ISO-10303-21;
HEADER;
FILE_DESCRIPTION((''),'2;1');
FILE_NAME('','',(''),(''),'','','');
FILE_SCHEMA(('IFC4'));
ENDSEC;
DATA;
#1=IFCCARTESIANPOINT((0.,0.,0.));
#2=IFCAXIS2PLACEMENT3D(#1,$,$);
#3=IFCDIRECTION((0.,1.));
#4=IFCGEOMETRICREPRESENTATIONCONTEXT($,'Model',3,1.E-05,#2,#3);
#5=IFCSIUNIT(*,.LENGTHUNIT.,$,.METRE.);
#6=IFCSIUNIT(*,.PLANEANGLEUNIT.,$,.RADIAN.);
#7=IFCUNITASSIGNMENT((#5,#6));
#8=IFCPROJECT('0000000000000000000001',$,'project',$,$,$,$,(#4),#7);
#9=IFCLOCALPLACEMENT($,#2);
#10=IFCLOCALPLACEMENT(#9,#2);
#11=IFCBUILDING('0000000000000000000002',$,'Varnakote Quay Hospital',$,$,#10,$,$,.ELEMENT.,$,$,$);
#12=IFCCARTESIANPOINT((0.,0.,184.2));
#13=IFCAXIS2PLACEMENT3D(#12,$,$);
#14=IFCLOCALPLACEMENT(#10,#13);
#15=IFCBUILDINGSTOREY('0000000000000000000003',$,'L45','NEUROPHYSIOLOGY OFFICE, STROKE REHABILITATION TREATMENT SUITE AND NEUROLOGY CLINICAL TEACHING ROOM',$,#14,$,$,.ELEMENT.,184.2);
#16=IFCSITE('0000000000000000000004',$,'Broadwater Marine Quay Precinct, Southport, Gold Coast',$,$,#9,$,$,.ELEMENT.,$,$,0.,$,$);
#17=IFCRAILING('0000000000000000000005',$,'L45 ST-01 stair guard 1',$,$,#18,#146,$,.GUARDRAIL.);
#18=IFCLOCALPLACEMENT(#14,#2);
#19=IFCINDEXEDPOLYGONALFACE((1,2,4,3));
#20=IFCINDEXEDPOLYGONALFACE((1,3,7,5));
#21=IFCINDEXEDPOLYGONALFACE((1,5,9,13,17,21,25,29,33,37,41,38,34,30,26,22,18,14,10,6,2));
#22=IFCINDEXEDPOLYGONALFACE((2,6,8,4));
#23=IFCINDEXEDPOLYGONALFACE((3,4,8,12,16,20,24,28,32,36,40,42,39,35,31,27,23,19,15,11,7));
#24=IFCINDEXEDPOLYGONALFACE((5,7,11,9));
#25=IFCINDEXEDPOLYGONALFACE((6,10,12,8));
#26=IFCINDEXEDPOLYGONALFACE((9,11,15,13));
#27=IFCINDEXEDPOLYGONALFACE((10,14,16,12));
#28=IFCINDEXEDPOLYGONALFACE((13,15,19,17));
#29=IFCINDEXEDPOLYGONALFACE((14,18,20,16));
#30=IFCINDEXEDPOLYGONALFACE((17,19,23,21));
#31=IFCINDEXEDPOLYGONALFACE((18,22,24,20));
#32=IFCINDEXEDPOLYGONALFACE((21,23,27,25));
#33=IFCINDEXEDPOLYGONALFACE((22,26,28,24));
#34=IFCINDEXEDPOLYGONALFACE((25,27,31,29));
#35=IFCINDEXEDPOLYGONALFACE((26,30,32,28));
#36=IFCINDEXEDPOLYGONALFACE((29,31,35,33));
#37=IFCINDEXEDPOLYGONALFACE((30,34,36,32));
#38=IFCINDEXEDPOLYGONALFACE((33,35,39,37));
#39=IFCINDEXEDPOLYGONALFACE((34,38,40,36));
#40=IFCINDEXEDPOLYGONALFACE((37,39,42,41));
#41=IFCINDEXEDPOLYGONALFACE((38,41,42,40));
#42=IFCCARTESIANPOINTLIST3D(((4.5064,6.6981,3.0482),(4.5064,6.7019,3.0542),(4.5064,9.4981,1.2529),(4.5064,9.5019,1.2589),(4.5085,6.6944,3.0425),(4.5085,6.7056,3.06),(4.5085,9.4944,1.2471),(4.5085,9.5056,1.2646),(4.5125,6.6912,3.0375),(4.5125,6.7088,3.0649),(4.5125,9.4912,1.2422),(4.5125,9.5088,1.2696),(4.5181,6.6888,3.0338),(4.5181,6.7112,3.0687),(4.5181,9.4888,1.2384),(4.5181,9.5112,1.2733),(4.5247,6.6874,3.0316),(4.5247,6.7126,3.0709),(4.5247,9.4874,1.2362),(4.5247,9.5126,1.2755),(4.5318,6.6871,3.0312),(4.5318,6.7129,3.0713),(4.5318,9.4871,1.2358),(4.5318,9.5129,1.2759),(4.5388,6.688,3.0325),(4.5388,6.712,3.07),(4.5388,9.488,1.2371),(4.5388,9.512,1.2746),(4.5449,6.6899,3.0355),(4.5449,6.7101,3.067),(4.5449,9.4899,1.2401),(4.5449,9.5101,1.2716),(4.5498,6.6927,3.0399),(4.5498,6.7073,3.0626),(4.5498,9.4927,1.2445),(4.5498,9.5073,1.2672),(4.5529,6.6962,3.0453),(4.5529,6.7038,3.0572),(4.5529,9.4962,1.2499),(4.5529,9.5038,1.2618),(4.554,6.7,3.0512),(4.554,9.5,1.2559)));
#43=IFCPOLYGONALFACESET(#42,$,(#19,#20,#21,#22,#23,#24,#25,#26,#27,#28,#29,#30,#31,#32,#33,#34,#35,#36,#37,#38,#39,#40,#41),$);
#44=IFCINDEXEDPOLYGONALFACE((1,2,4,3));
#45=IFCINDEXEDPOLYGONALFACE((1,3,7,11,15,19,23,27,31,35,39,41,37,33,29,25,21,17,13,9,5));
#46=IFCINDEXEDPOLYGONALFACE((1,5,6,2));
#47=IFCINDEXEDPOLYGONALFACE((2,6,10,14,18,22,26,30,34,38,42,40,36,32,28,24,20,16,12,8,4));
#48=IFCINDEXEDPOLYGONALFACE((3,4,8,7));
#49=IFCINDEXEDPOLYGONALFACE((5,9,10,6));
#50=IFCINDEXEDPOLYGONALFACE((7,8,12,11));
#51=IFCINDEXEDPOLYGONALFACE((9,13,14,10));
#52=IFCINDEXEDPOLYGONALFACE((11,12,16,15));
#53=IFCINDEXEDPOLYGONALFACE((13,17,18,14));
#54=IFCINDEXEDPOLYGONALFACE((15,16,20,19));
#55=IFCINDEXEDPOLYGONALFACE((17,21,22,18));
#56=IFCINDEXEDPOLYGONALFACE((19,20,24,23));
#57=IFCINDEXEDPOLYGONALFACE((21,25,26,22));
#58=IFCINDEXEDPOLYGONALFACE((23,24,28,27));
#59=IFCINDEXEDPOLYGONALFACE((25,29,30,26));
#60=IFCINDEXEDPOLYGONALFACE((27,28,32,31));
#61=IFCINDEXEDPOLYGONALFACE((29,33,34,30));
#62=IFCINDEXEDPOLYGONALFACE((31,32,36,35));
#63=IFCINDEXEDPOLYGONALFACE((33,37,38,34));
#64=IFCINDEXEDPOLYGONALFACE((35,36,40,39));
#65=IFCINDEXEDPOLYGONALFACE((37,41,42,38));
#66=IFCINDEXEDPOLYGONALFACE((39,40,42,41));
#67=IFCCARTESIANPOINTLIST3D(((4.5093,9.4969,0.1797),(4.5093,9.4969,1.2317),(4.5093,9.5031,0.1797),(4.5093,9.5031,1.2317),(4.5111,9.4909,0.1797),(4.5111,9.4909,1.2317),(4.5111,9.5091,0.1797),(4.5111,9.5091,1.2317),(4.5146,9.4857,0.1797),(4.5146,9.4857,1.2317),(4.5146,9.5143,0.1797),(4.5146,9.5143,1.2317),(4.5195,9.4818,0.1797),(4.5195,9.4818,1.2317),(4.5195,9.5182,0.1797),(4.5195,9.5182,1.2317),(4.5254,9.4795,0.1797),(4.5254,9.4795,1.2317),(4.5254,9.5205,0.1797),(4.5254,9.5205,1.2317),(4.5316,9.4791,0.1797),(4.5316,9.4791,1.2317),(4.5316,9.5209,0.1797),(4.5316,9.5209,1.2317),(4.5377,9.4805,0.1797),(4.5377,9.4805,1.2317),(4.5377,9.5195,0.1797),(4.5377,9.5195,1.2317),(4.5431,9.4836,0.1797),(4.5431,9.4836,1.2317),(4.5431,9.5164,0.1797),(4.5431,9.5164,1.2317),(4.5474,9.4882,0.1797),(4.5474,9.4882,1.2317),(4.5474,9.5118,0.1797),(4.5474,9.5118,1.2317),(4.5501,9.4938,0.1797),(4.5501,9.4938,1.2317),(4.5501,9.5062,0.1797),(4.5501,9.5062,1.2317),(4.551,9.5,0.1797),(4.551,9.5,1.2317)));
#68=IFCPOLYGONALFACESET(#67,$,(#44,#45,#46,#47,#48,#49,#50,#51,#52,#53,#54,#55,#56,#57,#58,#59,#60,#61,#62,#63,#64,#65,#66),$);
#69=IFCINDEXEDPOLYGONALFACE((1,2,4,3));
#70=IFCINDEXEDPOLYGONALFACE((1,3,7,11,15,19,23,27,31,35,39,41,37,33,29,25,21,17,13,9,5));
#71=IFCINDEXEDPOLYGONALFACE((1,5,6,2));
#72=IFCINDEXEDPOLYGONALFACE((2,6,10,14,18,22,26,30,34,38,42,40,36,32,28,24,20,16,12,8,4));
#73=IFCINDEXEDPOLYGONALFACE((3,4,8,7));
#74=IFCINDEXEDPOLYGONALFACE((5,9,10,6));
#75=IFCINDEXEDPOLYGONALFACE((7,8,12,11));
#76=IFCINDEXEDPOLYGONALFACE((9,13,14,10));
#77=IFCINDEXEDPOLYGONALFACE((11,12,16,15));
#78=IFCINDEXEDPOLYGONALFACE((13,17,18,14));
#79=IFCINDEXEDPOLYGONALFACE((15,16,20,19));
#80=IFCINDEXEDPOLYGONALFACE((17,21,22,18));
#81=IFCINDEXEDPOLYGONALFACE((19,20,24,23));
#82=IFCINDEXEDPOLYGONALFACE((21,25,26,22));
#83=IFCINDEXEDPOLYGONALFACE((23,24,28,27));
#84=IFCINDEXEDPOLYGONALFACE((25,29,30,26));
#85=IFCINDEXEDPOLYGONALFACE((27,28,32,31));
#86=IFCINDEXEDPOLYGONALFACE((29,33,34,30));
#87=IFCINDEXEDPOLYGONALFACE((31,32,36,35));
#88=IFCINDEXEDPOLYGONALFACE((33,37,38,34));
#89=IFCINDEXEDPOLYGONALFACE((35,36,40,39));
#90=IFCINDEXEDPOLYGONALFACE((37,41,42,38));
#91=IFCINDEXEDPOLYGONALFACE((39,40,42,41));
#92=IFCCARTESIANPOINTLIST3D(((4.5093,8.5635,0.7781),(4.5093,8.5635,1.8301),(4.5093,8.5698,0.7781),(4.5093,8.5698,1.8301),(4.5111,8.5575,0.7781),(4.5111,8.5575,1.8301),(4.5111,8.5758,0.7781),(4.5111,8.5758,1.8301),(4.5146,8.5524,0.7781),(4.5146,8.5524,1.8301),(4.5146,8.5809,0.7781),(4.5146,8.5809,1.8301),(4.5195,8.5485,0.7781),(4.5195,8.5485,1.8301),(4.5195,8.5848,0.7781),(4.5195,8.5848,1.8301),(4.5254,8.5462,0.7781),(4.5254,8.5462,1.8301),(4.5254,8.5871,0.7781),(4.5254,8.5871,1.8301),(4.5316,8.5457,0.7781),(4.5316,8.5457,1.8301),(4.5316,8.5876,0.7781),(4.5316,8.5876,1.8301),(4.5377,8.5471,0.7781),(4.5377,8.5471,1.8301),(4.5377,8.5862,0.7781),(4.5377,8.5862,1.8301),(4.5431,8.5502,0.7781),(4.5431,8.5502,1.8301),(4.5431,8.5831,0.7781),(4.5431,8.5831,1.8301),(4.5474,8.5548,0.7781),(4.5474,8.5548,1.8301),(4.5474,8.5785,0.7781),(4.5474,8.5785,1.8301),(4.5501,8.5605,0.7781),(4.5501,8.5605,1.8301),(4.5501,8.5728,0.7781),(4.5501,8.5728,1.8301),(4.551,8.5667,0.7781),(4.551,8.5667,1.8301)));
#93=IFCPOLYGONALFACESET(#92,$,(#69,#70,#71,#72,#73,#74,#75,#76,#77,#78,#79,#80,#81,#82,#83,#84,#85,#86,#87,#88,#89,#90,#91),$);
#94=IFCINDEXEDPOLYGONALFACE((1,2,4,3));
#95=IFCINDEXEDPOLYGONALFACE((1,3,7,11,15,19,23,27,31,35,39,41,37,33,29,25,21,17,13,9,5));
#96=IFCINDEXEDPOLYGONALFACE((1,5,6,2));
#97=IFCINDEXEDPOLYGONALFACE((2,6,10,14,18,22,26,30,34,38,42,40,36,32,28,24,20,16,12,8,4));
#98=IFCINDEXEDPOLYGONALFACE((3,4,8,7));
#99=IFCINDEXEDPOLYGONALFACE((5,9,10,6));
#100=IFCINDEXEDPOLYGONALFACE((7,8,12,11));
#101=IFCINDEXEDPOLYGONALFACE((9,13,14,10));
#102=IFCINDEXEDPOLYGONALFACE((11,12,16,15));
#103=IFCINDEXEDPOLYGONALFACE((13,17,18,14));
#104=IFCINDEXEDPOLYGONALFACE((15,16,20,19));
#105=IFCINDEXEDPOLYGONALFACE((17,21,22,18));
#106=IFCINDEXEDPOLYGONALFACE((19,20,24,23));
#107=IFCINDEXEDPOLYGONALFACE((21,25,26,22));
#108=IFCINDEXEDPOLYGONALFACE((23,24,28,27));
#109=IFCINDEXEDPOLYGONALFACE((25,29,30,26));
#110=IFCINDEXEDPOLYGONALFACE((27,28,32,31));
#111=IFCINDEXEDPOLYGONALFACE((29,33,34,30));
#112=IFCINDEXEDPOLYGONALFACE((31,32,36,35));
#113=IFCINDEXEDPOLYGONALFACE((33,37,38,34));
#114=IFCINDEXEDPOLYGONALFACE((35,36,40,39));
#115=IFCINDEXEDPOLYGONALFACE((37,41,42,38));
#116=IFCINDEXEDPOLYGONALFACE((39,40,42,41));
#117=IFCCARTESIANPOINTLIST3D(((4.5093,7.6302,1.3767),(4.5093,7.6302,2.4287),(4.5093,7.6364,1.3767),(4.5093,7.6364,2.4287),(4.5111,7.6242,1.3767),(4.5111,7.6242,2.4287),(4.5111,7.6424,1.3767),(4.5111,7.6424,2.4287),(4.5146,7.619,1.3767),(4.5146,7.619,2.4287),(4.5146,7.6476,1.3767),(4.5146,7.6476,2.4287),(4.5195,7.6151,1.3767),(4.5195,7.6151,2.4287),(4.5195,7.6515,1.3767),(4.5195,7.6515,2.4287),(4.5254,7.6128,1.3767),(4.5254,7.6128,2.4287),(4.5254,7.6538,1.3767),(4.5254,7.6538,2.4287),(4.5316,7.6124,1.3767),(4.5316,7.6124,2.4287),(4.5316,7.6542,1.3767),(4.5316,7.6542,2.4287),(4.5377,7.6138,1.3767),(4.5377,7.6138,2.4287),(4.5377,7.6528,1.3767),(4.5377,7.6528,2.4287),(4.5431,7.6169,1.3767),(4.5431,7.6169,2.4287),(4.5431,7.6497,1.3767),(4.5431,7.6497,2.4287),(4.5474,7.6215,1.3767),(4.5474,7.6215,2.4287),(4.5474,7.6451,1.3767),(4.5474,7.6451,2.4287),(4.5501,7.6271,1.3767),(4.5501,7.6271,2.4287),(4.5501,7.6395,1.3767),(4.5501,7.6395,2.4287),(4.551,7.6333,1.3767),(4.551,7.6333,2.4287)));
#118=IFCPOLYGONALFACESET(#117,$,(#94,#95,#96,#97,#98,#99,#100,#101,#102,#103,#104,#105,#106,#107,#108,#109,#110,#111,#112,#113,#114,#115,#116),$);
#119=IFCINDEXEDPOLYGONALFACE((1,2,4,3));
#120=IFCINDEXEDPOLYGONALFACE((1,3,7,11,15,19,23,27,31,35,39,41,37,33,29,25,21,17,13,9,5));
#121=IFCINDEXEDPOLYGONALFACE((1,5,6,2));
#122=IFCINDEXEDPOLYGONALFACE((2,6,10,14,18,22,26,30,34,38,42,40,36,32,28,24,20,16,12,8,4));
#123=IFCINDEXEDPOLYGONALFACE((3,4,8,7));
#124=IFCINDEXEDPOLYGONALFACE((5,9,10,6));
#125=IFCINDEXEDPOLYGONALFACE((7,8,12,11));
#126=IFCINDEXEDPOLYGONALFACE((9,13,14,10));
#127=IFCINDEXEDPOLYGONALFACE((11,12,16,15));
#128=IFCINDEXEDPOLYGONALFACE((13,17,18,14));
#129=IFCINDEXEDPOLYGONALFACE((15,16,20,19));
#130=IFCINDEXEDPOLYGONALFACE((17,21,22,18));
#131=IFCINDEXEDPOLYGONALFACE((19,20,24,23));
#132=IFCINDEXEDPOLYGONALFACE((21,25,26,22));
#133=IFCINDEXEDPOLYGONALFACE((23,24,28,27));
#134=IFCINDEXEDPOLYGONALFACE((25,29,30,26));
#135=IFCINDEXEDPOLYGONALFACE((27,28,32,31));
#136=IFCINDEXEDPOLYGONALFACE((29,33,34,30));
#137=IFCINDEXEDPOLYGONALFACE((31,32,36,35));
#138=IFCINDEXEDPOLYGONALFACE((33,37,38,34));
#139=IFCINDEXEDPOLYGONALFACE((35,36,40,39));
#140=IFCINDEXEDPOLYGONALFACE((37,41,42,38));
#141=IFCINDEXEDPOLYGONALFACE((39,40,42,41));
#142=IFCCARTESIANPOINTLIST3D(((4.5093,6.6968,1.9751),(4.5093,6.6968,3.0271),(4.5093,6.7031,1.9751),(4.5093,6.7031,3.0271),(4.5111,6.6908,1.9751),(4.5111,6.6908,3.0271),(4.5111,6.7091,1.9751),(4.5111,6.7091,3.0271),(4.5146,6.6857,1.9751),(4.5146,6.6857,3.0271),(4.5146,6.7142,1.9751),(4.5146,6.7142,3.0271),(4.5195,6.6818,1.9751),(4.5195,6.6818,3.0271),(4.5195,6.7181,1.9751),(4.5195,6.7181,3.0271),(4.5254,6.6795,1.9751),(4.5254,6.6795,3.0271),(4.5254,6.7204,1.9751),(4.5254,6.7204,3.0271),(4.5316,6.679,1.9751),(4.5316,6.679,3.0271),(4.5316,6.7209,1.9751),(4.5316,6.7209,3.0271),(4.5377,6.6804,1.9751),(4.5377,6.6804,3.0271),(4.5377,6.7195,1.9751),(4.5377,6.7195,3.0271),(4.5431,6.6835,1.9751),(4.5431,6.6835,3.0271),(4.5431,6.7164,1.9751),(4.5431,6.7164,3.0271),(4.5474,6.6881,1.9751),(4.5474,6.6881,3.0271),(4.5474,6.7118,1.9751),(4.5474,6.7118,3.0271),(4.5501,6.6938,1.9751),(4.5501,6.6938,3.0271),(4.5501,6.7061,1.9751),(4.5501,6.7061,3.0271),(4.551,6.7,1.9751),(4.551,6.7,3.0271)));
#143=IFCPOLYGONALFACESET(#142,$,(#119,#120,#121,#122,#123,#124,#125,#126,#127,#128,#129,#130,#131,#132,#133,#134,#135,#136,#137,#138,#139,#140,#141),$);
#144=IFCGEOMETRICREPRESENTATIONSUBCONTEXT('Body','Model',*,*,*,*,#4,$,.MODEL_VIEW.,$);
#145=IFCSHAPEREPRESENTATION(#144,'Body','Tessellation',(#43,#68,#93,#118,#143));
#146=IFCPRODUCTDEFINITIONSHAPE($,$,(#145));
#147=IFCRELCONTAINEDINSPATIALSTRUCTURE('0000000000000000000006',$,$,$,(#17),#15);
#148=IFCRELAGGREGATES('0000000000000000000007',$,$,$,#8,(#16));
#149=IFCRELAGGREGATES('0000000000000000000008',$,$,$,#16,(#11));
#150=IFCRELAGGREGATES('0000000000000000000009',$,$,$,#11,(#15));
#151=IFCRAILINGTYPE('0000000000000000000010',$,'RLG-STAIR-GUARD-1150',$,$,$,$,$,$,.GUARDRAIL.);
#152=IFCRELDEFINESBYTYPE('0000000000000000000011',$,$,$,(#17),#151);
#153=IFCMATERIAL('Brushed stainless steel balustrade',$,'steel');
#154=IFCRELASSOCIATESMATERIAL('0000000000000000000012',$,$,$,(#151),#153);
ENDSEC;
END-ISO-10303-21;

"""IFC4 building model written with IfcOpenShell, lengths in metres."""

from ifc_helpers import new_model, si_unit, direction, frame, origin, origin_2d, place, context, subcontext, project, spatial, circle, extrude, material, type_object, element, save


model = new_model("IFC4")

# Units and contexts
model_context = context("Model", 3, precision=1e-05, world=origin(), true_north=direction((0.0, 1.0)))
body_context = subcontext(model_context, "Body", "Model", "MODEL_VIEW")
ifc_project = project(units=[si_unit("LENGTHUNIT", "METRE"), si_unit("PLANEANGLEUNIT", "RADIAN")], contexts=[model_context])

# Site, building, storey
site_placement = place(None, origin())
site = spatial("IfcSite", under=ifc_project, at=site_placement, Name="Broadwater Marine Quay Precinct, Southport, Gold Coast", CompositionType="ELEMENT", RefElevation=0.0)
building_placement = place(site_placement, origin())
building = spatial("IfcBuilding", under=site, at=building_placement, Name="Varnakote Quay Hospital", CompositionType="ELEMENT")
storey_placement = place(building_placement, frame((0.0, 0.0, 184.2)))
storey = spatial("IfcBuildingStorey", under=building, at=storey_placement, Name="L45", Description="NEUROPHYSIOLOGY OFFICE, STROKE REHABILITATION TREATMENT SUITE AND NEUROLOGY CLINICAL TEACHING ROOM", CompositionType="ELEMENT", Elevation=184.2)

# Railing
ifc_material_1 = material(Name="Brushed stainless steel balustrade", Category="steel")
railing_type_1 = type_object("IfcRailingType", Name="RLG-STAIR-GUARD-1150", PredefinedType="GUARDRAIL", material=ifc_material_1)
railing_1_placement = place(storey_placement, frame((4.53, 9.5, 0.1797)))
element("IfcRailing", 1, at=railing_1_placement, inside=storey, type_object=railing_type_1, Name="L45 ST-01 stair guard 1", PredefinedType="GUARDRAIL", context=body_context, shape_type="SweptSolid", body=[
    extrude(circle(Radius=0.0239, at=origin_2d()), frame((0.0, 0.0, 1.0762), z_axis=(0.0, -0.84181, 0.539774), x_axis=(1.0, 0.0, 0.0)), (0.0, 0.0, 1.0), 3.3262),
    extrude(circle(Radius=0.021, at=origin_2d()), origin(), (0.0, 0.0, 1.0), 1.052),
    extrude(circle(Radius=0.021, at=origin_2d()), frame((0.0, -0.9333, 0.5984)), (0.0, 0.0, 1.0), 1.052),
    extrude(circle(Radius=0.021, at=origin_2d()), frame((0.0, -1.8667, 1.197)), (0.0, 0.0, 1.0), 1.052),
    extrude(circle(Radius=0.021, at=origin_2d()), frame((0.0, -2.8, 1.7954)), (0.0, 0.0, 1.0), 1.052),
])

save(model, "model.ifc")
